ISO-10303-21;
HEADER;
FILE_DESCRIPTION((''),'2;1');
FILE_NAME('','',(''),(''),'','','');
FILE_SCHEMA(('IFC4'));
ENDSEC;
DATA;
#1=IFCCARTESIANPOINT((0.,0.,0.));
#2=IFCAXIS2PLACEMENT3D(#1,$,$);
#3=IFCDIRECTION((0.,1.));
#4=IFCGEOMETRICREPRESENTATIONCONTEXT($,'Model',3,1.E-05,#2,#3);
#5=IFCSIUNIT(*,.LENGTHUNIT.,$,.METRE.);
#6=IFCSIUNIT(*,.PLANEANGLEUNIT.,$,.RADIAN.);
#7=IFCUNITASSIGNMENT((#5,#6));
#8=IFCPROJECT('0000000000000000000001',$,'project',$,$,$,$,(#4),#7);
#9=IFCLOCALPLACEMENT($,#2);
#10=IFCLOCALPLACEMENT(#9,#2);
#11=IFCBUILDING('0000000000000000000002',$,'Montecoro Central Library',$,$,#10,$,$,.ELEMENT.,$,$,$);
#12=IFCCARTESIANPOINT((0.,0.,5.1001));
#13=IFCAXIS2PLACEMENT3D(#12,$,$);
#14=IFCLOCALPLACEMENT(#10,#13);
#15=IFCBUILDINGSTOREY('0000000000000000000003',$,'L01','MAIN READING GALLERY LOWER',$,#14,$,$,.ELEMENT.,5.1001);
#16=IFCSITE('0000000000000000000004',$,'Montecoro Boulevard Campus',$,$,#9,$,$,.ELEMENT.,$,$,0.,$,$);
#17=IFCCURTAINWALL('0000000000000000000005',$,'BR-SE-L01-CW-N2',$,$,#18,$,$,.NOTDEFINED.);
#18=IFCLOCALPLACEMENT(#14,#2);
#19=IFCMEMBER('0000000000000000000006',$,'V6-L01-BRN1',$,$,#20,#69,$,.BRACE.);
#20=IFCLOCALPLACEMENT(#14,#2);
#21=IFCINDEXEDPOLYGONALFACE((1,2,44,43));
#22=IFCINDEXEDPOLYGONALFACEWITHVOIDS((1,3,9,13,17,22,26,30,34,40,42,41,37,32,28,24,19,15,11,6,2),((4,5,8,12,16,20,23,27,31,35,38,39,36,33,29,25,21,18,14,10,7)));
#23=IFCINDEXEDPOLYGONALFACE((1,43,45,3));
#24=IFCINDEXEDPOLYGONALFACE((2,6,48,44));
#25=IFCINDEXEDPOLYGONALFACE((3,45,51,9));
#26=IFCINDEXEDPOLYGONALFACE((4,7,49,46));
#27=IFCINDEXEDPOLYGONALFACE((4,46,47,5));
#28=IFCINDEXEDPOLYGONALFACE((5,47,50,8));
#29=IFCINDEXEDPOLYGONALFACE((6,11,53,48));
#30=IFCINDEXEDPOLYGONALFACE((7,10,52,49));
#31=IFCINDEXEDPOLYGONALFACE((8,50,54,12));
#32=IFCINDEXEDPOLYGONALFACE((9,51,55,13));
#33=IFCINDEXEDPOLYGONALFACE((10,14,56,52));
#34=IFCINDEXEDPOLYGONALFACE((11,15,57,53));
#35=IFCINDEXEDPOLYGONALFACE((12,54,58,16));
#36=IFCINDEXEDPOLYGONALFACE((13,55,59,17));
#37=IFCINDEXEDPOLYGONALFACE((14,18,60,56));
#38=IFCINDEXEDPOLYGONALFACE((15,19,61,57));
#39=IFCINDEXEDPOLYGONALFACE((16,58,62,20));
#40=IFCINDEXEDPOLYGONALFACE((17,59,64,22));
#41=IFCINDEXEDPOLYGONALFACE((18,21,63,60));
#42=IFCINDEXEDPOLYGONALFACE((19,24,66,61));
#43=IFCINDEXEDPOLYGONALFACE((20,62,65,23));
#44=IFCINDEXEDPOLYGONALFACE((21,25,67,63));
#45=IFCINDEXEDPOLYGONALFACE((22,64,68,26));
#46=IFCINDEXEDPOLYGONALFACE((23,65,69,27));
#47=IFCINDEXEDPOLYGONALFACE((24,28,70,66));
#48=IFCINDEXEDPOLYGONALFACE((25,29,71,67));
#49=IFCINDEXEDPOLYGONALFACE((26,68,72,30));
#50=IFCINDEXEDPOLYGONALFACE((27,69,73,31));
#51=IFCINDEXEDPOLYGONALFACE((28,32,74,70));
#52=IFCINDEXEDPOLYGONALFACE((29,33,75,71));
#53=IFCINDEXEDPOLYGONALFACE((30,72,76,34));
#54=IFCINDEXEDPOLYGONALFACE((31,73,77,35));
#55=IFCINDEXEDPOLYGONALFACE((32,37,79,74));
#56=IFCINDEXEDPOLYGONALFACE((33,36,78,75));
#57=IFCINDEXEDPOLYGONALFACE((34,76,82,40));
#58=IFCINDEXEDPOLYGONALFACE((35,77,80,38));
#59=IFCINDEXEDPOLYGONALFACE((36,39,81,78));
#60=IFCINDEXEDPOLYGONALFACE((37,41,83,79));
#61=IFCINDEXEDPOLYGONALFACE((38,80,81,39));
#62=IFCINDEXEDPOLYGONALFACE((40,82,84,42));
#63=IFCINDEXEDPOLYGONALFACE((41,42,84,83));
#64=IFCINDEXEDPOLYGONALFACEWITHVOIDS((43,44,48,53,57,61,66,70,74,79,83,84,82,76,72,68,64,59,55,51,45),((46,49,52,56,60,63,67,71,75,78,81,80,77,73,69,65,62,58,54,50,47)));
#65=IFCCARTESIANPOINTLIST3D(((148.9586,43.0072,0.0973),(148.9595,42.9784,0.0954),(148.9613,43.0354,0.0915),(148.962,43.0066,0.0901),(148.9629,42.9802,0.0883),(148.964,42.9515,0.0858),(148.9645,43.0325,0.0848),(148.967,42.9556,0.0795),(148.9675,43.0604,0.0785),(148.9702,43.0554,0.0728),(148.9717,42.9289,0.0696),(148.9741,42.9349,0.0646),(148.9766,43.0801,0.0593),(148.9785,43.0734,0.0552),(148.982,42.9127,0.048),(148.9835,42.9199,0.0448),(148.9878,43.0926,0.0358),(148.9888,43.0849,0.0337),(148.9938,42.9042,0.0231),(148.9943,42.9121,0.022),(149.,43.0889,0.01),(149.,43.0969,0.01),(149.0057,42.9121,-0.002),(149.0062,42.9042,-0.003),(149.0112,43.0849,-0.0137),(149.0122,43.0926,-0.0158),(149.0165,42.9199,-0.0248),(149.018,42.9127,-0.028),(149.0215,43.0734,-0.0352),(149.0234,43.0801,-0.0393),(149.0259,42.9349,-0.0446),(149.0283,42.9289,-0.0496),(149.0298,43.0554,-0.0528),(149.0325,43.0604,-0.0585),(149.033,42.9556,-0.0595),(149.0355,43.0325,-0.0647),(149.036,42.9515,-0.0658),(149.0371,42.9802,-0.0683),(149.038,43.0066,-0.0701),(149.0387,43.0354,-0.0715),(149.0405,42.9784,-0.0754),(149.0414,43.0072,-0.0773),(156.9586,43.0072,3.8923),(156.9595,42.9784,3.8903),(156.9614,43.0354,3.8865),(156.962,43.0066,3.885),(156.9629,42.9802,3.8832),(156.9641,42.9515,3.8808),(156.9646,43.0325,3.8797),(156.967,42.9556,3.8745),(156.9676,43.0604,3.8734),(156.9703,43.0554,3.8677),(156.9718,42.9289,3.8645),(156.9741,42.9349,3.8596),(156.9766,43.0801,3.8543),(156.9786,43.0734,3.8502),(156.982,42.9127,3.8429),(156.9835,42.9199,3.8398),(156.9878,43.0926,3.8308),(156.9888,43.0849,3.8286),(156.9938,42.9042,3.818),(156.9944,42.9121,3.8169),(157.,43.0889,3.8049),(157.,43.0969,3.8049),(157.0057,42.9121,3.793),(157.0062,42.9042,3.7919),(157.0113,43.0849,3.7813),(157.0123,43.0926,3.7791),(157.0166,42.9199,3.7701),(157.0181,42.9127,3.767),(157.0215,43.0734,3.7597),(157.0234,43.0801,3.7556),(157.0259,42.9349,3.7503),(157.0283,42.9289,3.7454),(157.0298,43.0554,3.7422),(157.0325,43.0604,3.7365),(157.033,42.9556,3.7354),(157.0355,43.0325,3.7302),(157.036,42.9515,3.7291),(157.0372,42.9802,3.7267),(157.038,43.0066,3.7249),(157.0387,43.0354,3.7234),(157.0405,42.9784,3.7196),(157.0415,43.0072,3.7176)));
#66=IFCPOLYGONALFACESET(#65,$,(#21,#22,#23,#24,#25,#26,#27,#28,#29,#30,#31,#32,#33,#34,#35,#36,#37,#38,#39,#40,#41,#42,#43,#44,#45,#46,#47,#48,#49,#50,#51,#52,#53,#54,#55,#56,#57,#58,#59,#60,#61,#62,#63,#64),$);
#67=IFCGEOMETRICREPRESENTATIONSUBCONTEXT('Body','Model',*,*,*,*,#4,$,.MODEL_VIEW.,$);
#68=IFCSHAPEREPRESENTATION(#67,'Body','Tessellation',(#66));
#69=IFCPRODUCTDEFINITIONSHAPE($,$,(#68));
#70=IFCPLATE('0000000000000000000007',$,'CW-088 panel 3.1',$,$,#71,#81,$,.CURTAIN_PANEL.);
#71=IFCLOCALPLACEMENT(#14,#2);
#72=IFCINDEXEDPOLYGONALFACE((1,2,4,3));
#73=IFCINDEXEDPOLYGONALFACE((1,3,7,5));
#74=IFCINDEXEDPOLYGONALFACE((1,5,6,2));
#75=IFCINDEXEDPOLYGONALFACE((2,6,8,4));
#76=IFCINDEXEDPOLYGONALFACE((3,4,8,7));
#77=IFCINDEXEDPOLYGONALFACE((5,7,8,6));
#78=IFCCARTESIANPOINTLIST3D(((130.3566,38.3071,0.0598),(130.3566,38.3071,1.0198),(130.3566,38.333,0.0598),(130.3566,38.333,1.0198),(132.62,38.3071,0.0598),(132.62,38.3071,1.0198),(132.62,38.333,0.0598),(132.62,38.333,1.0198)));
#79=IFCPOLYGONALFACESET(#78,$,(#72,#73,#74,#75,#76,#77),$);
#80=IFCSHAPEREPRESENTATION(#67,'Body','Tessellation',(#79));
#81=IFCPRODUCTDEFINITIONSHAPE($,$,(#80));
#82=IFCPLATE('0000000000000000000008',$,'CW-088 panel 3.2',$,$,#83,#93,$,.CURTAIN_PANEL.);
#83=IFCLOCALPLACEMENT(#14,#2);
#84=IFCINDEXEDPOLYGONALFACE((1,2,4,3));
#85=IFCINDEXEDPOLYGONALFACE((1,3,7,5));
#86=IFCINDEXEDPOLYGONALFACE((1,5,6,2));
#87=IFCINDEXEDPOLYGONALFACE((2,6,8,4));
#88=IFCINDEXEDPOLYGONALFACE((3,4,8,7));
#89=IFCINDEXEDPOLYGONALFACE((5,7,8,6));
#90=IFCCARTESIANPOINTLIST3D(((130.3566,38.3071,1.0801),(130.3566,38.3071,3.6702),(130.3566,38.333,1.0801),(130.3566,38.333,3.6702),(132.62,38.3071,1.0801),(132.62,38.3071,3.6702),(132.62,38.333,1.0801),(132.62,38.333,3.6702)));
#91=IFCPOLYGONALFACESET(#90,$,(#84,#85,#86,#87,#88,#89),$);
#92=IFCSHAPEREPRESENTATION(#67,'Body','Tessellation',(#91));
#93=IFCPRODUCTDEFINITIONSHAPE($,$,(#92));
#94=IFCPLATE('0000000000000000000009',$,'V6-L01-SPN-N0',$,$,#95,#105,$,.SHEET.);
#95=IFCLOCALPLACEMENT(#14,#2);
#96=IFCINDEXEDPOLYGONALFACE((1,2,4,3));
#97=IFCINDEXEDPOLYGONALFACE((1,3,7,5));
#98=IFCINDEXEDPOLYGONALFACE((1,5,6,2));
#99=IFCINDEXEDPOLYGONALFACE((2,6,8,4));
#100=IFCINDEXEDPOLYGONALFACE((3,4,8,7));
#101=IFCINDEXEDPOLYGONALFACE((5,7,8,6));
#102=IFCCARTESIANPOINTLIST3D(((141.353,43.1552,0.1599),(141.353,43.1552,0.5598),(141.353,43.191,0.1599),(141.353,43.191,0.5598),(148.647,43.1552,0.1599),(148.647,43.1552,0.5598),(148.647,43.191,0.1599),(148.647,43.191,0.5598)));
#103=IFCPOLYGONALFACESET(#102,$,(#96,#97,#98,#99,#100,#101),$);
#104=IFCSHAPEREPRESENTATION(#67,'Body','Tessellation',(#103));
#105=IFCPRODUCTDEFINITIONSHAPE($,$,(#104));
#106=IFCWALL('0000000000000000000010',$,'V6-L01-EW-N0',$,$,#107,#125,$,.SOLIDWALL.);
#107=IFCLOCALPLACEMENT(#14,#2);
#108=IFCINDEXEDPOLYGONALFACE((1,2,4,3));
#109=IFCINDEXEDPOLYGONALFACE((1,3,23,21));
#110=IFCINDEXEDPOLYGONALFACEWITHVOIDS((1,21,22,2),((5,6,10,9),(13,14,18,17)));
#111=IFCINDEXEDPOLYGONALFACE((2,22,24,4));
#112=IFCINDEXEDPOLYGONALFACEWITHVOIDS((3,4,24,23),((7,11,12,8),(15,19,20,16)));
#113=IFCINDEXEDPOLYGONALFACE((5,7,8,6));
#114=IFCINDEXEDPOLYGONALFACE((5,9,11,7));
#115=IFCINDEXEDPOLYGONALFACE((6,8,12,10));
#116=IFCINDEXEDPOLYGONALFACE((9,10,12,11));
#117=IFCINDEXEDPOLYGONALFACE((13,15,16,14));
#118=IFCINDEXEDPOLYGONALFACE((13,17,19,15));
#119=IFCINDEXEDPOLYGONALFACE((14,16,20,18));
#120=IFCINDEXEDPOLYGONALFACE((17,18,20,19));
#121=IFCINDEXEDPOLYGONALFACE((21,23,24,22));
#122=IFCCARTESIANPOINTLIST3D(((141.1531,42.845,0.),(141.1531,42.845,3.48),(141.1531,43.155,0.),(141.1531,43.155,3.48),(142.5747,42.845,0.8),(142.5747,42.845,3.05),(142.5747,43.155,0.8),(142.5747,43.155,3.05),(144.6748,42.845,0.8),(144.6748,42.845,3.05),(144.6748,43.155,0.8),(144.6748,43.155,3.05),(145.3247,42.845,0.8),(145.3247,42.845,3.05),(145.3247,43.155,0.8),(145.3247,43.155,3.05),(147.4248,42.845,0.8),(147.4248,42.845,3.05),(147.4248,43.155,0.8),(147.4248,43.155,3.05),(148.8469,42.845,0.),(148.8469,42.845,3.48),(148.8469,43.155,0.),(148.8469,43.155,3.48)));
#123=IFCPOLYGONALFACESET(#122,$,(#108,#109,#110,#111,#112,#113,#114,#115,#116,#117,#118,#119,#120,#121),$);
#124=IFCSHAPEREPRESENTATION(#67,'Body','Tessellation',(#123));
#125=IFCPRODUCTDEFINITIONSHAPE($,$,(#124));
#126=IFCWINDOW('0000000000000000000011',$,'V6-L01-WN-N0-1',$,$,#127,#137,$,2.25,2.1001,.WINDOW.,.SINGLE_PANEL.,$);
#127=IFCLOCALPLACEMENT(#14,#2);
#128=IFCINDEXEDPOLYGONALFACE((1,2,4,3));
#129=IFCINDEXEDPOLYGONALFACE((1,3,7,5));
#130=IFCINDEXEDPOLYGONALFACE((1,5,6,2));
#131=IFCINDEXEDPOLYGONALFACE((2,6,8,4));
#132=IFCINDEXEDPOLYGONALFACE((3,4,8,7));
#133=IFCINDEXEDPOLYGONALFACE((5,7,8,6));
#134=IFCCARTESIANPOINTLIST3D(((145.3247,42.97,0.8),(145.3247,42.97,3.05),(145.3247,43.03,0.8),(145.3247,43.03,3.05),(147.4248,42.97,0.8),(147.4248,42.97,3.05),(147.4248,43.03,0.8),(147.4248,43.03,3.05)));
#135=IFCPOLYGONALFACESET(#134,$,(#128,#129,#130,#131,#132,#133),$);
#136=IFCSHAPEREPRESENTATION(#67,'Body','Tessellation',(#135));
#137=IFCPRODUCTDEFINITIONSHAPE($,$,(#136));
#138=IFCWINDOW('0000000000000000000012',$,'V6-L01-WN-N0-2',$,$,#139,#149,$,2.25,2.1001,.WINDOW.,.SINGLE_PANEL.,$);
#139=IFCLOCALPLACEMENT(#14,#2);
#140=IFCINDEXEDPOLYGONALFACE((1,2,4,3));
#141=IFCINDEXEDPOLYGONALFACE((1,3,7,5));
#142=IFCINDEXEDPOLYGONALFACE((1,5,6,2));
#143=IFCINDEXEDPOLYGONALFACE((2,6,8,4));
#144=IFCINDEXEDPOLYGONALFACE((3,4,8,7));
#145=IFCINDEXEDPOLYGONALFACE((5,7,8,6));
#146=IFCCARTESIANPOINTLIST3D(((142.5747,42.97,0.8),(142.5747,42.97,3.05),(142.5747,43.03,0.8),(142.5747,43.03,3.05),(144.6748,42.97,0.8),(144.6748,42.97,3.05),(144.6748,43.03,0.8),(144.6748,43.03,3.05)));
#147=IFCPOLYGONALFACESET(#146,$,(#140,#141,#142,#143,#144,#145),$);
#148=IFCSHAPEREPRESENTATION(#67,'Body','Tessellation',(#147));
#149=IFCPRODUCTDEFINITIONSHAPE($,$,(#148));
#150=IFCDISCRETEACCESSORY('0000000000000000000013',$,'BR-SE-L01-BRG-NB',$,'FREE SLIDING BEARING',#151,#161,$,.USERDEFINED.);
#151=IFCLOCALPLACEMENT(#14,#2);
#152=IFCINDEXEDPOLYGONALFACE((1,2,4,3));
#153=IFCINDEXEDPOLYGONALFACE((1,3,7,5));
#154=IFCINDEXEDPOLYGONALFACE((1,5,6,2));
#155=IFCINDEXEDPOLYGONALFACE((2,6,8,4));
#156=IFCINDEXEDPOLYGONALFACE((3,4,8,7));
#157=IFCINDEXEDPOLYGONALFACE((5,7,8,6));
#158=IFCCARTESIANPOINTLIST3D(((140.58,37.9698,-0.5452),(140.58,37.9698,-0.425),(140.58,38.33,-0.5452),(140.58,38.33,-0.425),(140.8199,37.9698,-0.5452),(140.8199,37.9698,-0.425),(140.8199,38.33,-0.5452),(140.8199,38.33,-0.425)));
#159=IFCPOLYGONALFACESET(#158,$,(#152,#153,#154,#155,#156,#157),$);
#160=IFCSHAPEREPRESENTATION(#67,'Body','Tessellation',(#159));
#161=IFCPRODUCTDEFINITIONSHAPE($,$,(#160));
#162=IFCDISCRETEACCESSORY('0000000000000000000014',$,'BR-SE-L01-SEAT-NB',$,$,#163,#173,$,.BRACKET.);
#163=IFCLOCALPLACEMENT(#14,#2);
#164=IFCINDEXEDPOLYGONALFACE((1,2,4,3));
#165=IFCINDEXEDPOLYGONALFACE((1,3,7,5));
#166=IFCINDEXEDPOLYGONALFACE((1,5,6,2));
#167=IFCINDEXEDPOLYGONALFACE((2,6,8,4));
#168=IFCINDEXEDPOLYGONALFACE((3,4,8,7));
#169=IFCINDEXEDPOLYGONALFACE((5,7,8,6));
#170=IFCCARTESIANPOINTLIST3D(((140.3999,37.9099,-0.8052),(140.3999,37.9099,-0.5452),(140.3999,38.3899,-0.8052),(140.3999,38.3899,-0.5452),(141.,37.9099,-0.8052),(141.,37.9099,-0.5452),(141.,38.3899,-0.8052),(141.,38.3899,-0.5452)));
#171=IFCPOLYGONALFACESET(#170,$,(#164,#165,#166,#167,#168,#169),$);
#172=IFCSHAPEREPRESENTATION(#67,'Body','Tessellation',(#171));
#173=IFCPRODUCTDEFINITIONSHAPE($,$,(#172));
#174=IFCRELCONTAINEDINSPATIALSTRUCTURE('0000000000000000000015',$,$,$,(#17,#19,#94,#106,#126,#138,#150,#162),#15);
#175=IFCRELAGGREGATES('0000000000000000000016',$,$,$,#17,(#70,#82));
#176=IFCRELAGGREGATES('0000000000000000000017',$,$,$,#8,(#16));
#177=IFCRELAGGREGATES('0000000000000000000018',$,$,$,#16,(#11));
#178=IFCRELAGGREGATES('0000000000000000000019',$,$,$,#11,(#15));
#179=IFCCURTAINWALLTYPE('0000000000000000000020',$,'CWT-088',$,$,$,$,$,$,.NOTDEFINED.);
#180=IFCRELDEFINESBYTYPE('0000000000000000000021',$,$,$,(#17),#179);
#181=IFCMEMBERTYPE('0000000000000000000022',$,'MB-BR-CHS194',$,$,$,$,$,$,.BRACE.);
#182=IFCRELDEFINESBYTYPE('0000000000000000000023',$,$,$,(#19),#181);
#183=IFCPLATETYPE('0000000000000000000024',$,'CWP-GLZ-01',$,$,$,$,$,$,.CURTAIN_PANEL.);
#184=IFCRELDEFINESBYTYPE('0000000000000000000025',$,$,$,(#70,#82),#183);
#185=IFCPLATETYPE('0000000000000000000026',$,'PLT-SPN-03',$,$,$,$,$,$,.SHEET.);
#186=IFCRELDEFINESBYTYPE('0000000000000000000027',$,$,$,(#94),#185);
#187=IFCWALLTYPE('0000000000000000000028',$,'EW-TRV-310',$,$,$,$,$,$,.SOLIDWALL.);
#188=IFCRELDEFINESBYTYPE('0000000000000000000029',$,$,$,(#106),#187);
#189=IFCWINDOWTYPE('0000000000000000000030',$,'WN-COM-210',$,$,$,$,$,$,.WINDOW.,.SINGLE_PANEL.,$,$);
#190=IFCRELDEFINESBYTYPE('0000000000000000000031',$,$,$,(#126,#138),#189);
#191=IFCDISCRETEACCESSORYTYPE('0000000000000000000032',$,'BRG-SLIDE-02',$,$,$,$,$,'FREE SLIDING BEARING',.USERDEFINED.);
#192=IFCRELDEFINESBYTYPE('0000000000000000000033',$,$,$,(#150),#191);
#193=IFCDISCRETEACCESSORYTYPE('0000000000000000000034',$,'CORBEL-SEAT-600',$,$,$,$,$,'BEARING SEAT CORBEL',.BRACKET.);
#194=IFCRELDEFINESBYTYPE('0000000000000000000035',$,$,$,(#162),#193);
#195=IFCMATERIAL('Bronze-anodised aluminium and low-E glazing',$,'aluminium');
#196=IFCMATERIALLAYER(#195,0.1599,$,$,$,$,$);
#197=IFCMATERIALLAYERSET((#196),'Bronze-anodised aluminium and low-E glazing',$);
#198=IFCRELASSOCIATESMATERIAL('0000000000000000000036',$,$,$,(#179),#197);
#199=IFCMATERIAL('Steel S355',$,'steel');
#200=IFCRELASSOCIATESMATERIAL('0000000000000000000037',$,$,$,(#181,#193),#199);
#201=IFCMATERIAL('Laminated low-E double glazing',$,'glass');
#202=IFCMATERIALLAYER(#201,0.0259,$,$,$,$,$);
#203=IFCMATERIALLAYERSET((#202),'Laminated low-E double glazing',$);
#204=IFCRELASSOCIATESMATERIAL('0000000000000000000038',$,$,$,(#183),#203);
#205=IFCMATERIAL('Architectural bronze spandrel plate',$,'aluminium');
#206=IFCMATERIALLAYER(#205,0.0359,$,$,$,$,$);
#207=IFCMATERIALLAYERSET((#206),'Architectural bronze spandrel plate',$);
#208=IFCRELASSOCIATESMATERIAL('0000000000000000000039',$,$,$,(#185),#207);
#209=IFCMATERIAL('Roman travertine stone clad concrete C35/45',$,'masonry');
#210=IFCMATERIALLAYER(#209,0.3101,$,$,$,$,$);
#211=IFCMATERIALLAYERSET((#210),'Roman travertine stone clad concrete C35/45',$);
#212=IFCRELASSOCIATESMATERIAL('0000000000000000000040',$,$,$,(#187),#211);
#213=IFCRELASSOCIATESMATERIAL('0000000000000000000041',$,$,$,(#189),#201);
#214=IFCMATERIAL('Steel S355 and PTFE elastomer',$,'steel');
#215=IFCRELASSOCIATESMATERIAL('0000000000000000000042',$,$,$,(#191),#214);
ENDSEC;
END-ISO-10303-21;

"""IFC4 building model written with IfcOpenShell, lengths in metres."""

from ifc_helpers import new_model, si_unit, direction, frame, frame_2d, origin, origin_2d, place, context, subcontext, project, spatial, rectangle, hollow_circle, extrude, material, layer, layer_set, material_profile, profile_set, type_object, element, fill, aggregate, save


model = new_model("IFC4")

# Units and contexts
model_context = context("Model", 3, precision=1e-05, world=origin(), true_north=direction((0.0, 1.0)))
body_context = subcontext(model_context, "Body", "Model", "MODEL_VIEW")
ifc_project = project(units=[si_unit("LENGTHUNIT", "METRE"), si_unit("PLANEANGLEUNIT", "RADIAN")], contexts=[model_context])

# Site, building, storey
site_placement = place(None, origin())
site = spatial("IfcSite", under=ifc_project, at=site_placement, Name="Montecoro Boulevard Campus", CompositionType="ELEMENT", RefElevation=0.0)
building_placement = place(site_placement, origin())
building = spatial("IfcBuilding", under=site, at=building_placement, Name="Montecoro Central Library", CompositionType="ELEMENT")
storey_placement = place(building_placement, frame((0.0, 0.0, 5.1001)))
storey = spatial("IfcBuildingStorey", under=building, at=storey_placement, Name="L01", Description="MAIN READING GALLERY LOWER", CompositionType="ELEMENT", Elevation=5.1001)

# Shared definitions
ifc_material_1 = material(Name="Steel S355", Category="steel")

# Curtain wall
ifc_material_2 = material(Name="Bronze-anodised aluminium and low-E glazing", Category="aluminium")
ifc_layer_1 = layer(ifc_material_2, 0.1599)
ifc_layer_set_1 = layer_set([ifc_layer_1], Name="Bronze-anodised aluminium and low-E glazing")
curtain_wall_type = type_object("IfcCurtainWallType", Name="CWT-088", PredefinedType="NOTDEFINED", material=ifc_layer_set_1)
curtain_wall_placement = place(storey_placement, origin())
curtain_wall = element("IfcCurtainWall", 1, at=curtain_wall_placement, inside=storey, type_object=curtain_wall_type, Name="BR-SE-L01-CW-N2", PredefinedType="NOTDEFINED")

# Member
ifc_material_profile_1 = material_profile(ifc_material_1, hollow_circle(Radius=0.0969, WallThickness=0.0081, at=origin_2d()), Name="CHS 193.7x8.0")
ifc_profile_set_1 = profile_set([ifc_material_profile_1], Name="Steel S355")
member_type_1 = type_object("IfcMemberType", Name="MB-BR-CHS194", PredefinedType="BRACE", material=ifc_profile_set_1)
member_1_placement = place(storey_placement, frame((149.0, 43.0, 0.01), z_axis=(0.9035, 0.0, 0.428589), x_axis=(0.0, 1.0, 0.0)))
element("IfcMember", 2, at=member_1_placement, inside=storey, type_object=member_type_1, Name="V6-L01-BRN1", PredefinedType="BRACE", context=body_context, shape_type="SweptSolid", body=[
    extrude(hollow_circle(Radius=0.0969, WallThickness=0.0081, at=origin_2d()), origin(), (0.0, 0.0, 1.0), 8.8545),
])

# Plates
ifc_material_3 = material(Name="Laminated low-E double glazing", Category="glass")
ifc_layer_2 = layer(ifc_material_3, 0.0259)
ifc_layer_set_2 = layer_set([ifc_layer_2], Name="Laminated low-E double glazing")
plate_type_1 = type_object("IfcPlateType", Name="CWP-GLZ-01", PredefinedType="CURTAIN_PANEL", material=ifc_layer_set_2)
plate_1_placement = place(storey_placement, frame((131.4883, 38.3201, 0.0598), z_axis=(0.0, 0.0, 1.0), x_axis=(1.0, 0.0, 0.0)))
plate_1 = element("IfcPlate", 3, at=plate_1_placement, type_object=plate_type_1, Name="CW-088 panel 3.1", PredefinedType="CURTAIN_PANEL", context=body_context, shape_type="SweptSolid", body=[
    extrude(rectangle(XDim=2.2634, YDim=0.0259, at=origin_2d()), origin(), (0.0, 0.0, 1.0), 0.96),
])
plate_2_placement = place(storey_placement, frame((131.4883, 38.3201, 1.0801), z_axis=(0.0, 0.0, 1.0), x_axis=(1.0, 0.0, 0.0)))
plate_2 = element("IfcPlate", 4, at=plate_2_placement, type_object=plate_type_1, Name="CW-088 panel 3.2", PredefinedType="CURTAIN_PANEL", context=body_context, shape_type="SweptSolid", body=[
    extrude(rectangle(XDim=2.2634, YDim=0.0259, at=origin_2d()), origin(), (0.0, 0.0, 1.0), 2.5901),
])
aggregate(curtain_wall, [plate_1, plate_2])
ifc_material_4 = material(Name="Architectural bronze spandrel plate", Category="aluminium")
ifc_layer_3 = layer(ifc_material_4, 0.0359)
ifc_layer_set_3 = layer_set([ifc_layer_3], Name="Architectural bronze spandrel plate")
plate_type_2 = type_object("IfcPlateType", Name="PLT-SPN-03", PredefinedType="SHEET", material=ifc_layer_set_3)
plate_3_placement = place(storey_placement, frame((145.0, 43.1731, 0.1599), z_axis=(0.0, 0.0, 1.0), x_axis=(-1.0, 0.0, 0.0)))
element("IfcPlate", 5, at=plate_3_placement, inside=storey, type_object=plate_type_2, Name="V6-L01-SPN-N0", PredefinedType="SHEET", context=body_context, shape_type="SweptSolid", body=[
    extrude(rectangle(XDim=7.2939, YDim=0.0359, at=origin_2d()), origin(), (0.0, 0.0, 1.0), 0.3999),
])

# Wall, openings, windows
ifc_material_5 = material(Name="Roman travertine stone clad concrete C35/45", Category="masonry")
ifc_layer_4 = layer(ifc_material_5, 0.3101)
ifc_layer_set_4 = layer_set([ifc_layer_4], Name="Roman travertine stone clad concrete C35/45")
wall_type = type_object("IfcWallType", Name="EW-TRV-310", PredefinedType="SOLIDWALL", material=ifc_layer_set_4)
wall_placement = place(storey_placement, frame((148.8469, 43.0, 0.0), z_axis=(0.0, 0.0, 1.0), x_axis=(-1.0, 0.0, 0.0)))
wall = element("IfcWall", 6, at=wall_placement, inside=storey, type_object=wall_type, Name="V6-L01-EW-N0", PredefinedType="SOLIDWALL", context=body_context, shape_type="SweptSolid", body=[
    extrude(rectangle(XDim=7.6938, YDim=0.3101, at=frame_2d((3.8469, 0.0))), origin(), (0.0, 0.0, 1.0), 3.48),
])
opening_1_placement = place(wall_placement, frame((1.4221, 0.0, 0.8)))
opening_1 = element("IfcOpeningElement", 7, at=opening_1_placement, cuts=wall, PredefinedType="OPENING", context=body_context, shape_type="SweptSolid", body=[
    extrude(rectangle(XDim=2.1001, YDim=2.25, at=frame_2d((1.05, 1.125))), frame((0.0, 0.165, 0.0), z_axis=(0.0, -1.0, 0.0), x_axis=(1.0, 0.0, 0.0)), (0.0, 0.0, 1.0), 0.3301),
])
opening_2_placement = place(wall_placement, frame((4.1721, 0.0, 0.8)))
opening_2 = element("IfcOpeningElement", 8, at=opening_2_placement, cuts=wall, PredefinedType="OPENING", context=body_context, shape_type="SweptSolid", body=[
    extrude(rectangle(XDim=2.1001, YDim=2.25, at=frame_2d((1.05, 1.125))), frame((0.0, 0.165, 0.0), z_axis=(0.0, -1.0, 0.0), x_axis=(1.0, 0.0, 0.0)), (0.0, 0.0, 1.0), 0.3301),
])
window_type = type_object("IfcWindowType", Name="WN-COM-210", PartitioningType="SINGLE_PANEL", PredefinedType="WINDOW", material=ifc_material_3)
window_1_placement = place(opening_1_placement, origin())
window_1 = element("IfcWindow", 9, at=window_1_placement, inside=storey, type_object=window_type, Name="V6-L01-WN-N0-1", OverallHeight=2.25, OverallWidth=2.1001, PartitioningType="SINGLE_PANEL", PredefinedType="WINDOW", context=body_context, shape_type="SweptSolid", body=[
    extrude(rectangle(XDim=2.1001, YDim=2.25, at=frame_2d((1.05, 1.125))), frame((0.0, 0.03, 0.0), z_axis=(0.0, -1.0, 0.0), x_axis=(1.0, 0.0, 0.0)), (0.0, 0.0, 1.0), 0.0601),
])
fill(opening_1, window_1)
window_2_placement = place(opening_2_placement, origin())
window_2 = element("IfcWindow", 10, at=window_2_placement, inside=storey, type_object=window_type, Name="V6-L01-WN-N0-2", OverallHeight=2.25, OverallWidth=2.1001, PartitioningType="SINGLE_PANEL", PredefinedType="WINDOW", context=body_context, shape_type="SweptSolid", body=[
    extrude(rectangle(XDim=2.1001, YDim=2.25, at=frame_2d((1.05, 1.125))), frame((0.0, 0.03, 0.0), z_axis=(0.0, -1.0, 0.0), x_axis=(1.0, 0.0, 0.0)), (0.0, 0.0, 1.0), 0.0601),
])
fill(opening_2, window_2)

# Discrete accessories
ifc_material_6 = material(Name="Steel S355 and PTFE elastomer", Category="steel")
discrete_accessory_type_1 = type_object("IfcDiscreteAccessoryType", Name="BRG-SLIDE-02", ElementType="FREE SLIDING BEARING", PredefinedType="USERDEFINED", material=ifc_material_6)
discrete_accessory_1_placement = place(storey_placement, frame((140.7, 38.1499, -0.5452), z_axis=(0.0, 0.0, 1.0), x_axis=(1.0, 0.0, 0.0)))
element("IfcDiscreteAccessory", 11, at=discrete_accessory_1_placement, inside=storey, type_object=discrete_accessory_type_1, Name="BR-SE-L01-BRG-NB", ObjectType="FREE SLIDING BEARING", PredefinedType="USERDEFINED", context=body_context, shape_type="SweptSolid", body=[
    extrude(rectangle(XDim=0.24, YDim=0.3601, at=origin_2d()), origin(), (0.0, 0.0, 1.0), 0.1201),
])
discrete_accessory_type_2 = type_object("IfcDiscreteAccessoryType", Name="CORBEL-SEAT-600", ElementType="BEARING SEAT CORBEL", PredefinedType="BRACKET", material=ifc_material_1)
discrete_accessory_2_placement = place(storey_placement, frame((140.7, 38.1499, -0.8052), z_axis=(0.0, 0.0, 1.0), x_axis=(1.0, 0.0, 0.0)))
element("IfcDiscreteAccessory", 12, at=discrete_accessory_2_placement, inside=storey, type_object=discrete_accessory_type_2, Name="BR-SE-L01-SEAT-NB", PredefinedType="BRACKET", context=body_context, shape_type="SweptSolid", body=[
    extrude(rectangle(XDim=0.6001, YDim=0.48, at=origin_2d()), origin(), (0.0, 0.0, 1.0), 0.26),
])

save(model, "model.ifc")
